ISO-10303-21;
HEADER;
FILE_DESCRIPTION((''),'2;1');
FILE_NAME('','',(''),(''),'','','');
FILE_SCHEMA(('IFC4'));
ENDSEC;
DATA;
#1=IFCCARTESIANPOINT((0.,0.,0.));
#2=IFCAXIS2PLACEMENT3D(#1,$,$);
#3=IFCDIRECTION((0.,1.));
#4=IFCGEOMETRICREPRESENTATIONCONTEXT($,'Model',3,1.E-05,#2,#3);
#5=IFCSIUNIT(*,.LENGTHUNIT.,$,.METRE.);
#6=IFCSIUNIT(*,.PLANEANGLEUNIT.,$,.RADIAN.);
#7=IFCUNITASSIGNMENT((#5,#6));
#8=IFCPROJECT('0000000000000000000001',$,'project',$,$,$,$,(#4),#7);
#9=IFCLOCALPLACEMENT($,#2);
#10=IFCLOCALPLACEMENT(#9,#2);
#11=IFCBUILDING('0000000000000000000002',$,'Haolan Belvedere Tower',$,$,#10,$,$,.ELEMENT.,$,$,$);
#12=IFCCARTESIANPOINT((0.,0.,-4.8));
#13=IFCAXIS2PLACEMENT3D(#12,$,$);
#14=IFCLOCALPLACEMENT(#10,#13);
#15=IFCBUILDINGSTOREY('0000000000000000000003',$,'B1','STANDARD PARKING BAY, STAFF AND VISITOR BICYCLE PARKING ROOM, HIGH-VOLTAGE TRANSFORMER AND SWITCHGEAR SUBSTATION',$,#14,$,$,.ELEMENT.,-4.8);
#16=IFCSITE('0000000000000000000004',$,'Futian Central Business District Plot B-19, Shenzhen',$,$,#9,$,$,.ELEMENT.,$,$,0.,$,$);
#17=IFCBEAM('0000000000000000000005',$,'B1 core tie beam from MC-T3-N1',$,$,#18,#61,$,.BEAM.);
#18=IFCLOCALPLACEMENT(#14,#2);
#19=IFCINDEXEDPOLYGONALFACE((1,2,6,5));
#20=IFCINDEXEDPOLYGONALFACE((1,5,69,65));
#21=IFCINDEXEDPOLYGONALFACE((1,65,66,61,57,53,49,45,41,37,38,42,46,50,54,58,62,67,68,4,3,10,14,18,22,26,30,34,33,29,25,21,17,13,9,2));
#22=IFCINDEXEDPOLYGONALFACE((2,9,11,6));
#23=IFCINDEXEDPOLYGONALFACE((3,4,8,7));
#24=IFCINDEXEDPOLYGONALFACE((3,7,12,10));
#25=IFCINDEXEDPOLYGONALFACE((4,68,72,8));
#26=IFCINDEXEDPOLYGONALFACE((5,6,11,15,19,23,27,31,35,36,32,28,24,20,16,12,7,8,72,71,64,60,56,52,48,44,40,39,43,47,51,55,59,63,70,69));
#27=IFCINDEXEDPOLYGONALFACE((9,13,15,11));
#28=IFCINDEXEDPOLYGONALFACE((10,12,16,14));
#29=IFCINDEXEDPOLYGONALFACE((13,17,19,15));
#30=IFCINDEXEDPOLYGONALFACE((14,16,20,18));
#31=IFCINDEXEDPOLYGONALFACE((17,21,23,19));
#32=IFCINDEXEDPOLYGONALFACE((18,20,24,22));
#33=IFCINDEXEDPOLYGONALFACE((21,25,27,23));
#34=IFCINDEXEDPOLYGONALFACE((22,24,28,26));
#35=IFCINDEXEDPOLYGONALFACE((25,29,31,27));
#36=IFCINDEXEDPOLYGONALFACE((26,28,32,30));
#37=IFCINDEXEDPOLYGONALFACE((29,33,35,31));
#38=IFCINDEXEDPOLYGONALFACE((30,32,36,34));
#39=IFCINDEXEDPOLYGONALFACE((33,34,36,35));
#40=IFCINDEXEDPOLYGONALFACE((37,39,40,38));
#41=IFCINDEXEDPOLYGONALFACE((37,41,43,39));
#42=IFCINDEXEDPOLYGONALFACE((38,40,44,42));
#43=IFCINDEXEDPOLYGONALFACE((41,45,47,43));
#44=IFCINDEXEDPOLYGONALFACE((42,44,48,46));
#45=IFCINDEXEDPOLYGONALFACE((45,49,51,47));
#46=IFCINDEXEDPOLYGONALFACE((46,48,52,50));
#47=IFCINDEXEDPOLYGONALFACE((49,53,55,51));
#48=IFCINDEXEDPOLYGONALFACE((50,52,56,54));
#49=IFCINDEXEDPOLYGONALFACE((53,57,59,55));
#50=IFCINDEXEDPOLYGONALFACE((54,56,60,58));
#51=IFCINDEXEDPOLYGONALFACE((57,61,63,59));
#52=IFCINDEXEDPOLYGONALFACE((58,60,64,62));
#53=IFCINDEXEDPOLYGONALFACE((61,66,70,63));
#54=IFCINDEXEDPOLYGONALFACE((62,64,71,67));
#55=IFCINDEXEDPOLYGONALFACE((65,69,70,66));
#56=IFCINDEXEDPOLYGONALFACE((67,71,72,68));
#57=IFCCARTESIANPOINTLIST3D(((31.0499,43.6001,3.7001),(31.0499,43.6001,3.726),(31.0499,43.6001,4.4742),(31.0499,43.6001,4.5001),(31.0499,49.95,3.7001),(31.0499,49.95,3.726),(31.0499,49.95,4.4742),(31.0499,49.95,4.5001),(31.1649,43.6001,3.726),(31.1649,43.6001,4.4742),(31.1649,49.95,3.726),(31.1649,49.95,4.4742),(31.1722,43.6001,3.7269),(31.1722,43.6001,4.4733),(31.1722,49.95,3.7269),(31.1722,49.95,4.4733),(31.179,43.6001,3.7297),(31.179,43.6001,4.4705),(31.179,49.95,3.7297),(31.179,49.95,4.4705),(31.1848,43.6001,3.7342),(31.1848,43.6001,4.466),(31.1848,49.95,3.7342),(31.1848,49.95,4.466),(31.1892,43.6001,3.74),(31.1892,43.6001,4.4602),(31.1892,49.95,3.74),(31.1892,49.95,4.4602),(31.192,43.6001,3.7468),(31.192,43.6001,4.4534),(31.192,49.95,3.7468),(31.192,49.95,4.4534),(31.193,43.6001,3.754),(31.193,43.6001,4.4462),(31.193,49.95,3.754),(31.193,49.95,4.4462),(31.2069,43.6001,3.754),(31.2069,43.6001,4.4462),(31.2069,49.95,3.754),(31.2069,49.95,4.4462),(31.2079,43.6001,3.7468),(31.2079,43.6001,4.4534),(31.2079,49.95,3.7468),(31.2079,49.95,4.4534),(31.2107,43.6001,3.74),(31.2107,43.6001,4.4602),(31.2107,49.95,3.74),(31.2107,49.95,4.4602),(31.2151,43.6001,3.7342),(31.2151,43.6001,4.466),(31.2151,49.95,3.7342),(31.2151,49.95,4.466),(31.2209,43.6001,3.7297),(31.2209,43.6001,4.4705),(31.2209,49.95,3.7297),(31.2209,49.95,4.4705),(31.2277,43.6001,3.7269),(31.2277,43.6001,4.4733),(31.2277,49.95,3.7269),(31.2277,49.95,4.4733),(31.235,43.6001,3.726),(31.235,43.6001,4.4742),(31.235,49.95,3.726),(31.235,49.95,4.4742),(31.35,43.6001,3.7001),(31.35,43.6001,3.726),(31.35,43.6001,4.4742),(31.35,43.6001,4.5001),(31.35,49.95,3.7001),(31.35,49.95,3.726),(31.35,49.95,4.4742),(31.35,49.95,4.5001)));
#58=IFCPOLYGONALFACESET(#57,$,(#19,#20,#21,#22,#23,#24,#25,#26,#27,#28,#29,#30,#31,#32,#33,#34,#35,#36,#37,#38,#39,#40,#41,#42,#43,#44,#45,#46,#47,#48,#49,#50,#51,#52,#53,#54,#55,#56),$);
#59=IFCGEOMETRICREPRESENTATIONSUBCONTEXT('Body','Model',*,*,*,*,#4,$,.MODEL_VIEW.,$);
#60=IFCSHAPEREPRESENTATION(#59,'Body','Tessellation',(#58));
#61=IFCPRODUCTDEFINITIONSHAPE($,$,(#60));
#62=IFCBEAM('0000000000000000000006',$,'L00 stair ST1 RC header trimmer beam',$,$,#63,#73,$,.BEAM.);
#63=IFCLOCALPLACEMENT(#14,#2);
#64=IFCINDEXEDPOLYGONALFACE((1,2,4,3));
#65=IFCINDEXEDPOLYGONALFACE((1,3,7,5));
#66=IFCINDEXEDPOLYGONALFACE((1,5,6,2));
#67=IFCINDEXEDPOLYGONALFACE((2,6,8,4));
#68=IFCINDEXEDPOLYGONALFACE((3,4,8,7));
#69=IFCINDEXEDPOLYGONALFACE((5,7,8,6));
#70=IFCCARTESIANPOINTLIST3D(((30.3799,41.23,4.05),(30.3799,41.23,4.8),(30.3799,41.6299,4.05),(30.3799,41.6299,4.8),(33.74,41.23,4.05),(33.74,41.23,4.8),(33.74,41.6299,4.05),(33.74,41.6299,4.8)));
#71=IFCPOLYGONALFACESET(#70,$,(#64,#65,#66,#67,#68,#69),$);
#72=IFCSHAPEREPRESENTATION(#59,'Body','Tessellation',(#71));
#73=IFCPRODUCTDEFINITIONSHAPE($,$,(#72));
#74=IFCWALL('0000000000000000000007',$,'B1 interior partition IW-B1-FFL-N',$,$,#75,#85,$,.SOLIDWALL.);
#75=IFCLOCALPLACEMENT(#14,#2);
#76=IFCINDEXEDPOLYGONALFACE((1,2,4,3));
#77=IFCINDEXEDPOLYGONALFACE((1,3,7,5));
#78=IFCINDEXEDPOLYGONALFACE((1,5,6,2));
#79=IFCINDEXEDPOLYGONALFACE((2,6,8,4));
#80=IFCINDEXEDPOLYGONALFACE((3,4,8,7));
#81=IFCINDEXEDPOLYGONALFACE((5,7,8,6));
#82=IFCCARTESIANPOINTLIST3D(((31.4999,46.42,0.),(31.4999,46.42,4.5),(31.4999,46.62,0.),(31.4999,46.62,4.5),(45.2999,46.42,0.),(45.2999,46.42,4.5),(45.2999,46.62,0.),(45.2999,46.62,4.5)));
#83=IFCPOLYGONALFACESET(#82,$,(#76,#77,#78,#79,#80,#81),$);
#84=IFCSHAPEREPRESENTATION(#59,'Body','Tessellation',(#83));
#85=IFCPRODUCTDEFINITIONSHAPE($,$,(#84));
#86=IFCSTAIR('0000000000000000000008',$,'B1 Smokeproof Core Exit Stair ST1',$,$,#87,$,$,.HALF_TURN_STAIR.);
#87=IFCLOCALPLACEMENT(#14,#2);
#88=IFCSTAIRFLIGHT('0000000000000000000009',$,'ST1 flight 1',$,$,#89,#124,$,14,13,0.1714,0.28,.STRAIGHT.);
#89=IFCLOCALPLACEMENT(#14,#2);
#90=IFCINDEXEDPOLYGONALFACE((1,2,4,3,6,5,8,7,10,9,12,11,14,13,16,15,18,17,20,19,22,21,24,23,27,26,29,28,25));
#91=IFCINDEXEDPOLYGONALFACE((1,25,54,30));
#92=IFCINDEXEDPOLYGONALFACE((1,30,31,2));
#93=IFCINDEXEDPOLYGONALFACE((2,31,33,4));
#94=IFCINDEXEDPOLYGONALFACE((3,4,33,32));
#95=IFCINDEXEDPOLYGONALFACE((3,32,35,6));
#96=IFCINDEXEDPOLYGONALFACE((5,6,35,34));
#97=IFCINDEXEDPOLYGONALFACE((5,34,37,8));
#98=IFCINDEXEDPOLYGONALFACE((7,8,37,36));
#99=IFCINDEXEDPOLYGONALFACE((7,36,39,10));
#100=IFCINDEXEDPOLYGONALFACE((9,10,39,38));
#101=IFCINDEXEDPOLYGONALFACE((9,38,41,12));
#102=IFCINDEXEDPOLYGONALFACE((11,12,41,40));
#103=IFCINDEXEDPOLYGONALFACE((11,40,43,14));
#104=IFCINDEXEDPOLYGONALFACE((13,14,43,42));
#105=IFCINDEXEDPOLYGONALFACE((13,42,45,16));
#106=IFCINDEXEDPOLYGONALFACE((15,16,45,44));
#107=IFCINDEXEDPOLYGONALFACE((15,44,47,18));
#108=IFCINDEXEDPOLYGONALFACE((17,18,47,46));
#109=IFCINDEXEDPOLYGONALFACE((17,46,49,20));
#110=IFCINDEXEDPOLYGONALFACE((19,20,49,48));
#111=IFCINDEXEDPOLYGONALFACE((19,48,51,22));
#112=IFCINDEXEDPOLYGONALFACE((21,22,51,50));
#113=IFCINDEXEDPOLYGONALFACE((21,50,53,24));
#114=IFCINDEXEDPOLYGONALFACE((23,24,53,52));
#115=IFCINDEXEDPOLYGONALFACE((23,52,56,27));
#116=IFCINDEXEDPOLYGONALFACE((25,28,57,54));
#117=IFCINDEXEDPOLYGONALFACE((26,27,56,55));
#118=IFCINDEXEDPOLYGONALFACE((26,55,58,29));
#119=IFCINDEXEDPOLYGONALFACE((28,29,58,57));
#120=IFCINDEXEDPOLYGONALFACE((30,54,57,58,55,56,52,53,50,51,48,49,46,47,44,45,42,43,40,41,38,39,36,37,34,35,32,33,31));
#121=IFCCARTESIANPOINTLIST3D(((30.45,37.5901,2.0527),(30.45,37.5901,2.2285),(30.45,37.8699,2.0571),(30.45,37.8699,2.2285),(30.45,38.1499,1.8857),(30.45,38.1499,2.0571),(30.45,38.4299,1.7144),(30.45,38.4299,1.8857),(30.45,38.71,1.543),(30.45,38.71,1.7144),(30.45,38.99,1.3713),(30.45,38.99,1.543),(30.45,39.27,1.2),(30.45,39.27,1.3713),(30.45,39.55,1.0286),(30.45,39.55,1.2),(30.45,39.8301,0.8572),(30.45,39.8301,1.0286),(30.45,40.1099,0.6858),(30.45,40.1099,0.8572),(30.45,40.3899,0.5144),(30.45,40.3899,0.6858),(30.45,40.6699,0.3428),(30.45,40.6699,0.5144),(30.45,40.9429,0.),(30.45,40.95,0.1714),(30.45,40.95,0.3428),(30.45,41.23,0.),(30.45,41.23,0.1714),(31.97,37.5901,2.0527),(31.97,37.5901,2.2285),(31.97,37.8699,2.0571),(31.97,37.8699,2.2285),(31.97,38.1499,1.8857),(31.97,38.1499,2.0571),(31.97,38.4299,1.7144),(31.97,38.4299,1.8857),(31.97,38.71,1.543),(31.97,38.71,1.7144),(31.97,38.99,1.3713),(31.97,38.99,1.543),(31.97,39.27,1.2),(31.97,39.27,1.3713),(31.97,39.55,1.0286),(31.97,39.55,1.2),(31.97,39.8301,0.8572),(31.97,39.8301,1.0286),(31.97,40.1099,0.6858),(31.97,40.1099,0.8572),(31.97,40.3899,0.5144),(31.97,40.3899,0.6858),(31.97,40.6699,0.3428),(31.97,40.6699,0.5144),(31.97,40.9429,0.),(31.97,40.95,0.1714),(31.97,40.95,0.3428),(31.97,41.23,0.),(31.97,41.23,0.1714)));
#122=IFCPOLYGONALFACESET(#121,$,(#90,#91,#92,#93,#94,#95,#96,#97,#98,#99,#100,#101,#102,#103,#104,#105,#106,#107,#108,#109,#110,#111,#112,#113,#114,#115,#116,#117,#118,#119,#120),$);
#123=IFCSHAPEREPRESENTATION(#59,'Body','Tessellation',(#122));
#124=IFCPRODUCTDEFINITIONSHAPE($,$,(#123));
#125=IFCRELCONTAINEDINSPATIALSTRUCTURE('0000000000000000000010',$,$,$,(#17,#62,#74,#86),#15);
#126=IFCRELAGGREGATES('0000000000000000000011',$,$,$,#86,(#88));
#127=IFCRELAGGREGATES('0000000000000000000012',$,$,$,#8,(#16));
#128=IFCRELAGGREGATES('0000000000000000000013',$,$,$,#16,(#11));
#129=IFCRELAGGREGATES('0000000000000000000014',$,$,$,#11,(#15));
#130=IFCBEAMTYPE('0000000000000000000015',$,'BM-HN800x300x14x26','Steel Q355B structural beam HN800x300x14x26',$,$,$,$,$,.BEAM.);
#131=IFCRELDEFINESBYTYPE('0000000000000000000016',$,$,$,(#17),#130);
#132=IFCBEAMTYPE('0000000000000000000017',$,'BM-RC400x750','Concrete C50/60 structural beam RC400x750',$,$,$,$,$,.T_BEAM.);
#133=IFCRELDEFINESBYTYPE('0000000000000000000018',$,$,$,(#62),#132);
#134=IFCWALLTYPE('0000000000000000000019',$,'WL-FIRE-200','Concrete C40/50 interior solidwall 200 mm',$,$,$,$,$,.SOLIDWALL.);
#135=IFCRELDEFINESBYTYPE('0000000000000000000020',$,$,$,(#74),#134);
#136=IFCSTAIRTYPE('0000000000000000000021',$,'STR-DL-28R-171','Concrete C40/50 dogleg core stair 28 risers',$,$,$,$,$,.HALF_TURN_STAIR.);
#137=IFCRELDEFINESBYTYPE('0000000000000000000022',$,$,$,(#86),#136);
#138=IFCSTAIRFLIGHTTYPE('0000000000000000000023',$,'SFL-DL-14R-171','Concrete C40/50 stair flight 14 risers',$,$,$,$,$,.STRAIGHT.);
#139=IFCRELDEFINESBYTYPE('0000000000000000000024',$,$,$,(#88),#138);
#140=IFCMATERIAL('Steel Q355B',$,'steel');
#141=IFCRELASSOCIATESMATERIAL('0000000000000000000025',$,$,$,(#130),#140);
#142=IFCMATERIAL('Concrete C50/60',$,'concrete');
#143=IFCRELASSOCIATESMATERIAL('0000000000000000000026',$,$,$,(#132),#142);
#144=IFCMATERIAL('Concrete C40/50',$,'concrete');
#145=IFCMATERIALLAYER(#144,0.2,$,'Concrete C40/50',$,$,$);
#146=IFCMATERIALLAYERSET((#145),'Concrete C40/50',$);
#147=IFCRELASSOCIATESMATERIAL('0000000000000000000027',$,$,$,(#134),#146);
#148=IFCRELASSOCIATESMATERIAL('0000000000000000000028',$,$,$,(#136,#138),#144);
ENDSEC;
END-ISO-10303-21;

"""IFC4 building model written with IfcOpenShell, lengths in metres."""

from ifc_helpers import new_model, si_unit, direction, frame, frame_2d, origin, origin_2d, place, context, subcontext, project, spatial, polyline, rectangle, i_section, outline, extrude, material, layer, layer_set, material_profile, profile_set, type_object, element, aggregate, save


model = new_model("IFC4")

# Units and contexts
model_context = context("Model", 3, precision=1e-05, world=origin(), true_north=direction((0.0, 1.0)))
body_context = subcontext(model_context, "Body", "Model", "MODEL_VIEW")
ifc_project = project(units=[si_unit("LENGTHUNIT", "METRE"), si_unit("PLANEANGLEUNIT", "RADIAN")], contexts=[model_context])

# Site, building, storey
site_placement = place(None, origin())
site = spatial("IfcSite", under=ifc_project, at=site_placement, Name="Futian Central Business District Plot B-19, Shenzhen", CompositionType="ELEMENT", RefElevation=0.0)
building_placement = place(site_placement, origin())
building = spatial("IfcBuilding", under=site, at=building_placement, Name="Haolan Belvedere Tower", CompositionType="ELEMENT")
storey_placement = place(building_placement, frame((0.0, 0.0, -4.8)))
storey = spatial("IfcBuildingStorey", under=building, at=storey_placement, Name="B1", Description="STANDARD PARKING BAY, STAFF AND VISITOR BICYCLE PARKING ROOM, HIGH-VOLTAGE TRANSFORMER AND SWITCHGEAR SUBSTATION", CompositionType="ELEMENT", Elevation=-4.8)

# Shared definitions
ifc_material_1 = material(Name="Steel Q355B", Category="steel")
ifc_material_2 = material(Name="Concrete C50/60", Category="concrete")

# Beams
ifc_material_profile_1 = material_profile(ifc_material_1, i_section(OverallWidth=0.3, OverallDepth=0.8, WebThickness=0.0139, FlangeThickness=0.0259, FilletRadius=0.0281, at=origin_2d()), Name="Steel Q355B")
ifc_profile_set_1 = profile_set([ifc_material_profile_1], Name="Steel Q355B")
beam_type_1 = type_object("IfcBeamType", Name="BM-HN800x300x14x26", Description="Steel Q355B structural beam HN800x300x14x26", PredefinedType="BEAM", material=ifc_profile_set_1)
beam_1_placement = place(storey_placement, frame((31.2, 49.95, 4.1001), z_axis=(0.0, -1.0, 0.0), x_axis=(1.0, 0.0, 0.0)))
element("IfcBeam", 1, at=beam_1_placement, inside=storey, type_object=beam_type_1, Name="B1 core tie beam from MC-T3-N1", PredefinedType="BEAM", context=body_context, shape_type="SweptSolid", body=[
    extrude(i_section(OverallWidth=0.3, OverallDepth=0.8, WebThickness=0.0139, FlangeThickness=0.0259, FilletRadius=0.0281, at=origin_2d()), origin(), (0.0, 0.0, 1.0), 6.3499),
])
ifc_material_profile_2 = material_profile(ifc_material_2, rectangle(XDim=0.3999, YDim=0.75, at=origin_2d()), Name="Concrete C50/60")
ifc_profile_set_2 = profile_set([ifc_material_profile_2], Name="Concrete C50/60")
beam_type_2 = type_object("IfcBeamType", Name="BM-RC400x750", Description="Concrete C50/60 structural beam RC400x750", PredefinedType="T_BEAM", material=ifc_profile_set_2)
beam_2_placement = place(storey_placement, frame((30.3799, 41.4299, 4.425), z_axis=(1.0, 0.0, 0.0), x_axis=(0.0, 1.0, 0.0)))
element("IfcBeam", 2, at=beam_2_placement, inside=storey, type_object=beam_type_2, Name="L00 stair ST1 RC header trimmer beam", PredefinedType="BEAM", context=body_context, shape_type="SweptSolid", body=[
    extrude(rectangle(XDim=0.3999, YDim=0.75, at=origin_2d()), origin(), (0.0, 0.0, 1.0), 3.3601),
])

# Wall
ifc_material_3 = material(Name="Concrete C40/50", Category="concrete")
ifc_layer_1 = layer(ifc_material_3, 0.2, Name="Concrete C40/50")
ifc_layer_set_1 = layer_set([ifc_layer_1], Name="Concrete C40/50")
wall_type_1 = type_object("IfcWallType", Name="WL-FIRE-200", Description="Concrete C40/50 interior solidwall 200 mm", PredefinedType="SOLIDWALL", material=ifc_layer_set_1)
wall_1_placement = place(storey_placement, frame((31.5, 46.52, 0.0), z_axis=(0.0, 0.0, 1.0), x_axis=(1.0, 0.0, 0.0)))
element("IfcWall", 3, at=wall_1_placement, inside=storey, type_object=wall_type_1, Name="B1 interior partition IW-B1-FFL-N", PredefinedType="SOLIDWALL", context=body_context, shape_type="SweptSolid", body=[
    extrude(rectangle(XDim=13.8, YDim=0.2, at=frame_2d((6.8999, 0.0))), origin(), (0.0, 0.0, 1.0), 4.5),
])

# Stair, stair flight
stair_type = type_object("IfcStairType", Name="STR-DL-28R-171", Description="Concrete C40/50 dogleg core stair 28 risers", PredefinedType="HALF_TURN_STAIR", material=ifc_material_3)
stair_placement = place(storey_placement, origin())
stair = element("IfcStair", 4, at=stair_placement, inside=storey, type_object=stair_type, Name="B1 Smokeproof Core Exit Stair ST1", PredefinedType="HALF_TURN_STAIR")
stair_flight_type = type_object("IfcStairFlightType", Name="SFL-DL-14R-171", Description="Concrete C40/50 stair flight 14 risers", PredefinedType="STRAIGHT", material=ifc_material_3)
stair_flight_placement = place(storey_placement, frame((31.21, 41.23, 0.0), z_axis=(0.0, 0.0, 1.0), x_axis=(0.0, -1.0, 0.0)))
stair_flight = element("IfcStairFlight", 5, at=stair_flight_placement, type_object=stair_flight_type, Name="ST1 flight 1", NumberOfRisers=14, NumberOfTreads=13, PredefinedType="STRAIGHT", RiserHeight=0.1714, TreadLength=0.28, context=body_context, shape_type="SweptSolid", body=[
    extrude(outline(polyline([(0.0, 0.0), (0.0, 0.1714), (0.28, 0.1714), (0.28, 0.3428), (0.5601, 0.3428), (0.5601, 0.5144), (0.8401, 0.5144), (0.8401, 0.6858), (1.1201, 0.6858), (1.1201, 0.8572), (1.3999, 0.8572), (1.3999, 1.0286), (1.6799, 1.0286), (1.6799, 1.2), (1.96, 1.2), (1.96, 1.3713), (2.24, 1.3713), (2.24, 1.543), (2.52, 1.543), (2.52, 1.7144), (2.8, 1.7144), (2.8, 1.8857), (3.0801, 1.8857), (3.0801, 2.0571), (3.3601, 2.0571), (3.3601, 2.2285), (3.6399, 2.2285), (3.6399, 2.3999), (3.6399, 2.0527), (0.2871, 0.0), (0.0, 0.0)])), frame((0.0, 0.76, 0.0), z_axis=(0.0, -1.0, 0.0), x_axis=(1.0, 0.0, 0.0)), (0.0, 0.0, 1.0), 1.52),
])
aggregate(stair, [stair_flight])

save(model, "model.ifc")
